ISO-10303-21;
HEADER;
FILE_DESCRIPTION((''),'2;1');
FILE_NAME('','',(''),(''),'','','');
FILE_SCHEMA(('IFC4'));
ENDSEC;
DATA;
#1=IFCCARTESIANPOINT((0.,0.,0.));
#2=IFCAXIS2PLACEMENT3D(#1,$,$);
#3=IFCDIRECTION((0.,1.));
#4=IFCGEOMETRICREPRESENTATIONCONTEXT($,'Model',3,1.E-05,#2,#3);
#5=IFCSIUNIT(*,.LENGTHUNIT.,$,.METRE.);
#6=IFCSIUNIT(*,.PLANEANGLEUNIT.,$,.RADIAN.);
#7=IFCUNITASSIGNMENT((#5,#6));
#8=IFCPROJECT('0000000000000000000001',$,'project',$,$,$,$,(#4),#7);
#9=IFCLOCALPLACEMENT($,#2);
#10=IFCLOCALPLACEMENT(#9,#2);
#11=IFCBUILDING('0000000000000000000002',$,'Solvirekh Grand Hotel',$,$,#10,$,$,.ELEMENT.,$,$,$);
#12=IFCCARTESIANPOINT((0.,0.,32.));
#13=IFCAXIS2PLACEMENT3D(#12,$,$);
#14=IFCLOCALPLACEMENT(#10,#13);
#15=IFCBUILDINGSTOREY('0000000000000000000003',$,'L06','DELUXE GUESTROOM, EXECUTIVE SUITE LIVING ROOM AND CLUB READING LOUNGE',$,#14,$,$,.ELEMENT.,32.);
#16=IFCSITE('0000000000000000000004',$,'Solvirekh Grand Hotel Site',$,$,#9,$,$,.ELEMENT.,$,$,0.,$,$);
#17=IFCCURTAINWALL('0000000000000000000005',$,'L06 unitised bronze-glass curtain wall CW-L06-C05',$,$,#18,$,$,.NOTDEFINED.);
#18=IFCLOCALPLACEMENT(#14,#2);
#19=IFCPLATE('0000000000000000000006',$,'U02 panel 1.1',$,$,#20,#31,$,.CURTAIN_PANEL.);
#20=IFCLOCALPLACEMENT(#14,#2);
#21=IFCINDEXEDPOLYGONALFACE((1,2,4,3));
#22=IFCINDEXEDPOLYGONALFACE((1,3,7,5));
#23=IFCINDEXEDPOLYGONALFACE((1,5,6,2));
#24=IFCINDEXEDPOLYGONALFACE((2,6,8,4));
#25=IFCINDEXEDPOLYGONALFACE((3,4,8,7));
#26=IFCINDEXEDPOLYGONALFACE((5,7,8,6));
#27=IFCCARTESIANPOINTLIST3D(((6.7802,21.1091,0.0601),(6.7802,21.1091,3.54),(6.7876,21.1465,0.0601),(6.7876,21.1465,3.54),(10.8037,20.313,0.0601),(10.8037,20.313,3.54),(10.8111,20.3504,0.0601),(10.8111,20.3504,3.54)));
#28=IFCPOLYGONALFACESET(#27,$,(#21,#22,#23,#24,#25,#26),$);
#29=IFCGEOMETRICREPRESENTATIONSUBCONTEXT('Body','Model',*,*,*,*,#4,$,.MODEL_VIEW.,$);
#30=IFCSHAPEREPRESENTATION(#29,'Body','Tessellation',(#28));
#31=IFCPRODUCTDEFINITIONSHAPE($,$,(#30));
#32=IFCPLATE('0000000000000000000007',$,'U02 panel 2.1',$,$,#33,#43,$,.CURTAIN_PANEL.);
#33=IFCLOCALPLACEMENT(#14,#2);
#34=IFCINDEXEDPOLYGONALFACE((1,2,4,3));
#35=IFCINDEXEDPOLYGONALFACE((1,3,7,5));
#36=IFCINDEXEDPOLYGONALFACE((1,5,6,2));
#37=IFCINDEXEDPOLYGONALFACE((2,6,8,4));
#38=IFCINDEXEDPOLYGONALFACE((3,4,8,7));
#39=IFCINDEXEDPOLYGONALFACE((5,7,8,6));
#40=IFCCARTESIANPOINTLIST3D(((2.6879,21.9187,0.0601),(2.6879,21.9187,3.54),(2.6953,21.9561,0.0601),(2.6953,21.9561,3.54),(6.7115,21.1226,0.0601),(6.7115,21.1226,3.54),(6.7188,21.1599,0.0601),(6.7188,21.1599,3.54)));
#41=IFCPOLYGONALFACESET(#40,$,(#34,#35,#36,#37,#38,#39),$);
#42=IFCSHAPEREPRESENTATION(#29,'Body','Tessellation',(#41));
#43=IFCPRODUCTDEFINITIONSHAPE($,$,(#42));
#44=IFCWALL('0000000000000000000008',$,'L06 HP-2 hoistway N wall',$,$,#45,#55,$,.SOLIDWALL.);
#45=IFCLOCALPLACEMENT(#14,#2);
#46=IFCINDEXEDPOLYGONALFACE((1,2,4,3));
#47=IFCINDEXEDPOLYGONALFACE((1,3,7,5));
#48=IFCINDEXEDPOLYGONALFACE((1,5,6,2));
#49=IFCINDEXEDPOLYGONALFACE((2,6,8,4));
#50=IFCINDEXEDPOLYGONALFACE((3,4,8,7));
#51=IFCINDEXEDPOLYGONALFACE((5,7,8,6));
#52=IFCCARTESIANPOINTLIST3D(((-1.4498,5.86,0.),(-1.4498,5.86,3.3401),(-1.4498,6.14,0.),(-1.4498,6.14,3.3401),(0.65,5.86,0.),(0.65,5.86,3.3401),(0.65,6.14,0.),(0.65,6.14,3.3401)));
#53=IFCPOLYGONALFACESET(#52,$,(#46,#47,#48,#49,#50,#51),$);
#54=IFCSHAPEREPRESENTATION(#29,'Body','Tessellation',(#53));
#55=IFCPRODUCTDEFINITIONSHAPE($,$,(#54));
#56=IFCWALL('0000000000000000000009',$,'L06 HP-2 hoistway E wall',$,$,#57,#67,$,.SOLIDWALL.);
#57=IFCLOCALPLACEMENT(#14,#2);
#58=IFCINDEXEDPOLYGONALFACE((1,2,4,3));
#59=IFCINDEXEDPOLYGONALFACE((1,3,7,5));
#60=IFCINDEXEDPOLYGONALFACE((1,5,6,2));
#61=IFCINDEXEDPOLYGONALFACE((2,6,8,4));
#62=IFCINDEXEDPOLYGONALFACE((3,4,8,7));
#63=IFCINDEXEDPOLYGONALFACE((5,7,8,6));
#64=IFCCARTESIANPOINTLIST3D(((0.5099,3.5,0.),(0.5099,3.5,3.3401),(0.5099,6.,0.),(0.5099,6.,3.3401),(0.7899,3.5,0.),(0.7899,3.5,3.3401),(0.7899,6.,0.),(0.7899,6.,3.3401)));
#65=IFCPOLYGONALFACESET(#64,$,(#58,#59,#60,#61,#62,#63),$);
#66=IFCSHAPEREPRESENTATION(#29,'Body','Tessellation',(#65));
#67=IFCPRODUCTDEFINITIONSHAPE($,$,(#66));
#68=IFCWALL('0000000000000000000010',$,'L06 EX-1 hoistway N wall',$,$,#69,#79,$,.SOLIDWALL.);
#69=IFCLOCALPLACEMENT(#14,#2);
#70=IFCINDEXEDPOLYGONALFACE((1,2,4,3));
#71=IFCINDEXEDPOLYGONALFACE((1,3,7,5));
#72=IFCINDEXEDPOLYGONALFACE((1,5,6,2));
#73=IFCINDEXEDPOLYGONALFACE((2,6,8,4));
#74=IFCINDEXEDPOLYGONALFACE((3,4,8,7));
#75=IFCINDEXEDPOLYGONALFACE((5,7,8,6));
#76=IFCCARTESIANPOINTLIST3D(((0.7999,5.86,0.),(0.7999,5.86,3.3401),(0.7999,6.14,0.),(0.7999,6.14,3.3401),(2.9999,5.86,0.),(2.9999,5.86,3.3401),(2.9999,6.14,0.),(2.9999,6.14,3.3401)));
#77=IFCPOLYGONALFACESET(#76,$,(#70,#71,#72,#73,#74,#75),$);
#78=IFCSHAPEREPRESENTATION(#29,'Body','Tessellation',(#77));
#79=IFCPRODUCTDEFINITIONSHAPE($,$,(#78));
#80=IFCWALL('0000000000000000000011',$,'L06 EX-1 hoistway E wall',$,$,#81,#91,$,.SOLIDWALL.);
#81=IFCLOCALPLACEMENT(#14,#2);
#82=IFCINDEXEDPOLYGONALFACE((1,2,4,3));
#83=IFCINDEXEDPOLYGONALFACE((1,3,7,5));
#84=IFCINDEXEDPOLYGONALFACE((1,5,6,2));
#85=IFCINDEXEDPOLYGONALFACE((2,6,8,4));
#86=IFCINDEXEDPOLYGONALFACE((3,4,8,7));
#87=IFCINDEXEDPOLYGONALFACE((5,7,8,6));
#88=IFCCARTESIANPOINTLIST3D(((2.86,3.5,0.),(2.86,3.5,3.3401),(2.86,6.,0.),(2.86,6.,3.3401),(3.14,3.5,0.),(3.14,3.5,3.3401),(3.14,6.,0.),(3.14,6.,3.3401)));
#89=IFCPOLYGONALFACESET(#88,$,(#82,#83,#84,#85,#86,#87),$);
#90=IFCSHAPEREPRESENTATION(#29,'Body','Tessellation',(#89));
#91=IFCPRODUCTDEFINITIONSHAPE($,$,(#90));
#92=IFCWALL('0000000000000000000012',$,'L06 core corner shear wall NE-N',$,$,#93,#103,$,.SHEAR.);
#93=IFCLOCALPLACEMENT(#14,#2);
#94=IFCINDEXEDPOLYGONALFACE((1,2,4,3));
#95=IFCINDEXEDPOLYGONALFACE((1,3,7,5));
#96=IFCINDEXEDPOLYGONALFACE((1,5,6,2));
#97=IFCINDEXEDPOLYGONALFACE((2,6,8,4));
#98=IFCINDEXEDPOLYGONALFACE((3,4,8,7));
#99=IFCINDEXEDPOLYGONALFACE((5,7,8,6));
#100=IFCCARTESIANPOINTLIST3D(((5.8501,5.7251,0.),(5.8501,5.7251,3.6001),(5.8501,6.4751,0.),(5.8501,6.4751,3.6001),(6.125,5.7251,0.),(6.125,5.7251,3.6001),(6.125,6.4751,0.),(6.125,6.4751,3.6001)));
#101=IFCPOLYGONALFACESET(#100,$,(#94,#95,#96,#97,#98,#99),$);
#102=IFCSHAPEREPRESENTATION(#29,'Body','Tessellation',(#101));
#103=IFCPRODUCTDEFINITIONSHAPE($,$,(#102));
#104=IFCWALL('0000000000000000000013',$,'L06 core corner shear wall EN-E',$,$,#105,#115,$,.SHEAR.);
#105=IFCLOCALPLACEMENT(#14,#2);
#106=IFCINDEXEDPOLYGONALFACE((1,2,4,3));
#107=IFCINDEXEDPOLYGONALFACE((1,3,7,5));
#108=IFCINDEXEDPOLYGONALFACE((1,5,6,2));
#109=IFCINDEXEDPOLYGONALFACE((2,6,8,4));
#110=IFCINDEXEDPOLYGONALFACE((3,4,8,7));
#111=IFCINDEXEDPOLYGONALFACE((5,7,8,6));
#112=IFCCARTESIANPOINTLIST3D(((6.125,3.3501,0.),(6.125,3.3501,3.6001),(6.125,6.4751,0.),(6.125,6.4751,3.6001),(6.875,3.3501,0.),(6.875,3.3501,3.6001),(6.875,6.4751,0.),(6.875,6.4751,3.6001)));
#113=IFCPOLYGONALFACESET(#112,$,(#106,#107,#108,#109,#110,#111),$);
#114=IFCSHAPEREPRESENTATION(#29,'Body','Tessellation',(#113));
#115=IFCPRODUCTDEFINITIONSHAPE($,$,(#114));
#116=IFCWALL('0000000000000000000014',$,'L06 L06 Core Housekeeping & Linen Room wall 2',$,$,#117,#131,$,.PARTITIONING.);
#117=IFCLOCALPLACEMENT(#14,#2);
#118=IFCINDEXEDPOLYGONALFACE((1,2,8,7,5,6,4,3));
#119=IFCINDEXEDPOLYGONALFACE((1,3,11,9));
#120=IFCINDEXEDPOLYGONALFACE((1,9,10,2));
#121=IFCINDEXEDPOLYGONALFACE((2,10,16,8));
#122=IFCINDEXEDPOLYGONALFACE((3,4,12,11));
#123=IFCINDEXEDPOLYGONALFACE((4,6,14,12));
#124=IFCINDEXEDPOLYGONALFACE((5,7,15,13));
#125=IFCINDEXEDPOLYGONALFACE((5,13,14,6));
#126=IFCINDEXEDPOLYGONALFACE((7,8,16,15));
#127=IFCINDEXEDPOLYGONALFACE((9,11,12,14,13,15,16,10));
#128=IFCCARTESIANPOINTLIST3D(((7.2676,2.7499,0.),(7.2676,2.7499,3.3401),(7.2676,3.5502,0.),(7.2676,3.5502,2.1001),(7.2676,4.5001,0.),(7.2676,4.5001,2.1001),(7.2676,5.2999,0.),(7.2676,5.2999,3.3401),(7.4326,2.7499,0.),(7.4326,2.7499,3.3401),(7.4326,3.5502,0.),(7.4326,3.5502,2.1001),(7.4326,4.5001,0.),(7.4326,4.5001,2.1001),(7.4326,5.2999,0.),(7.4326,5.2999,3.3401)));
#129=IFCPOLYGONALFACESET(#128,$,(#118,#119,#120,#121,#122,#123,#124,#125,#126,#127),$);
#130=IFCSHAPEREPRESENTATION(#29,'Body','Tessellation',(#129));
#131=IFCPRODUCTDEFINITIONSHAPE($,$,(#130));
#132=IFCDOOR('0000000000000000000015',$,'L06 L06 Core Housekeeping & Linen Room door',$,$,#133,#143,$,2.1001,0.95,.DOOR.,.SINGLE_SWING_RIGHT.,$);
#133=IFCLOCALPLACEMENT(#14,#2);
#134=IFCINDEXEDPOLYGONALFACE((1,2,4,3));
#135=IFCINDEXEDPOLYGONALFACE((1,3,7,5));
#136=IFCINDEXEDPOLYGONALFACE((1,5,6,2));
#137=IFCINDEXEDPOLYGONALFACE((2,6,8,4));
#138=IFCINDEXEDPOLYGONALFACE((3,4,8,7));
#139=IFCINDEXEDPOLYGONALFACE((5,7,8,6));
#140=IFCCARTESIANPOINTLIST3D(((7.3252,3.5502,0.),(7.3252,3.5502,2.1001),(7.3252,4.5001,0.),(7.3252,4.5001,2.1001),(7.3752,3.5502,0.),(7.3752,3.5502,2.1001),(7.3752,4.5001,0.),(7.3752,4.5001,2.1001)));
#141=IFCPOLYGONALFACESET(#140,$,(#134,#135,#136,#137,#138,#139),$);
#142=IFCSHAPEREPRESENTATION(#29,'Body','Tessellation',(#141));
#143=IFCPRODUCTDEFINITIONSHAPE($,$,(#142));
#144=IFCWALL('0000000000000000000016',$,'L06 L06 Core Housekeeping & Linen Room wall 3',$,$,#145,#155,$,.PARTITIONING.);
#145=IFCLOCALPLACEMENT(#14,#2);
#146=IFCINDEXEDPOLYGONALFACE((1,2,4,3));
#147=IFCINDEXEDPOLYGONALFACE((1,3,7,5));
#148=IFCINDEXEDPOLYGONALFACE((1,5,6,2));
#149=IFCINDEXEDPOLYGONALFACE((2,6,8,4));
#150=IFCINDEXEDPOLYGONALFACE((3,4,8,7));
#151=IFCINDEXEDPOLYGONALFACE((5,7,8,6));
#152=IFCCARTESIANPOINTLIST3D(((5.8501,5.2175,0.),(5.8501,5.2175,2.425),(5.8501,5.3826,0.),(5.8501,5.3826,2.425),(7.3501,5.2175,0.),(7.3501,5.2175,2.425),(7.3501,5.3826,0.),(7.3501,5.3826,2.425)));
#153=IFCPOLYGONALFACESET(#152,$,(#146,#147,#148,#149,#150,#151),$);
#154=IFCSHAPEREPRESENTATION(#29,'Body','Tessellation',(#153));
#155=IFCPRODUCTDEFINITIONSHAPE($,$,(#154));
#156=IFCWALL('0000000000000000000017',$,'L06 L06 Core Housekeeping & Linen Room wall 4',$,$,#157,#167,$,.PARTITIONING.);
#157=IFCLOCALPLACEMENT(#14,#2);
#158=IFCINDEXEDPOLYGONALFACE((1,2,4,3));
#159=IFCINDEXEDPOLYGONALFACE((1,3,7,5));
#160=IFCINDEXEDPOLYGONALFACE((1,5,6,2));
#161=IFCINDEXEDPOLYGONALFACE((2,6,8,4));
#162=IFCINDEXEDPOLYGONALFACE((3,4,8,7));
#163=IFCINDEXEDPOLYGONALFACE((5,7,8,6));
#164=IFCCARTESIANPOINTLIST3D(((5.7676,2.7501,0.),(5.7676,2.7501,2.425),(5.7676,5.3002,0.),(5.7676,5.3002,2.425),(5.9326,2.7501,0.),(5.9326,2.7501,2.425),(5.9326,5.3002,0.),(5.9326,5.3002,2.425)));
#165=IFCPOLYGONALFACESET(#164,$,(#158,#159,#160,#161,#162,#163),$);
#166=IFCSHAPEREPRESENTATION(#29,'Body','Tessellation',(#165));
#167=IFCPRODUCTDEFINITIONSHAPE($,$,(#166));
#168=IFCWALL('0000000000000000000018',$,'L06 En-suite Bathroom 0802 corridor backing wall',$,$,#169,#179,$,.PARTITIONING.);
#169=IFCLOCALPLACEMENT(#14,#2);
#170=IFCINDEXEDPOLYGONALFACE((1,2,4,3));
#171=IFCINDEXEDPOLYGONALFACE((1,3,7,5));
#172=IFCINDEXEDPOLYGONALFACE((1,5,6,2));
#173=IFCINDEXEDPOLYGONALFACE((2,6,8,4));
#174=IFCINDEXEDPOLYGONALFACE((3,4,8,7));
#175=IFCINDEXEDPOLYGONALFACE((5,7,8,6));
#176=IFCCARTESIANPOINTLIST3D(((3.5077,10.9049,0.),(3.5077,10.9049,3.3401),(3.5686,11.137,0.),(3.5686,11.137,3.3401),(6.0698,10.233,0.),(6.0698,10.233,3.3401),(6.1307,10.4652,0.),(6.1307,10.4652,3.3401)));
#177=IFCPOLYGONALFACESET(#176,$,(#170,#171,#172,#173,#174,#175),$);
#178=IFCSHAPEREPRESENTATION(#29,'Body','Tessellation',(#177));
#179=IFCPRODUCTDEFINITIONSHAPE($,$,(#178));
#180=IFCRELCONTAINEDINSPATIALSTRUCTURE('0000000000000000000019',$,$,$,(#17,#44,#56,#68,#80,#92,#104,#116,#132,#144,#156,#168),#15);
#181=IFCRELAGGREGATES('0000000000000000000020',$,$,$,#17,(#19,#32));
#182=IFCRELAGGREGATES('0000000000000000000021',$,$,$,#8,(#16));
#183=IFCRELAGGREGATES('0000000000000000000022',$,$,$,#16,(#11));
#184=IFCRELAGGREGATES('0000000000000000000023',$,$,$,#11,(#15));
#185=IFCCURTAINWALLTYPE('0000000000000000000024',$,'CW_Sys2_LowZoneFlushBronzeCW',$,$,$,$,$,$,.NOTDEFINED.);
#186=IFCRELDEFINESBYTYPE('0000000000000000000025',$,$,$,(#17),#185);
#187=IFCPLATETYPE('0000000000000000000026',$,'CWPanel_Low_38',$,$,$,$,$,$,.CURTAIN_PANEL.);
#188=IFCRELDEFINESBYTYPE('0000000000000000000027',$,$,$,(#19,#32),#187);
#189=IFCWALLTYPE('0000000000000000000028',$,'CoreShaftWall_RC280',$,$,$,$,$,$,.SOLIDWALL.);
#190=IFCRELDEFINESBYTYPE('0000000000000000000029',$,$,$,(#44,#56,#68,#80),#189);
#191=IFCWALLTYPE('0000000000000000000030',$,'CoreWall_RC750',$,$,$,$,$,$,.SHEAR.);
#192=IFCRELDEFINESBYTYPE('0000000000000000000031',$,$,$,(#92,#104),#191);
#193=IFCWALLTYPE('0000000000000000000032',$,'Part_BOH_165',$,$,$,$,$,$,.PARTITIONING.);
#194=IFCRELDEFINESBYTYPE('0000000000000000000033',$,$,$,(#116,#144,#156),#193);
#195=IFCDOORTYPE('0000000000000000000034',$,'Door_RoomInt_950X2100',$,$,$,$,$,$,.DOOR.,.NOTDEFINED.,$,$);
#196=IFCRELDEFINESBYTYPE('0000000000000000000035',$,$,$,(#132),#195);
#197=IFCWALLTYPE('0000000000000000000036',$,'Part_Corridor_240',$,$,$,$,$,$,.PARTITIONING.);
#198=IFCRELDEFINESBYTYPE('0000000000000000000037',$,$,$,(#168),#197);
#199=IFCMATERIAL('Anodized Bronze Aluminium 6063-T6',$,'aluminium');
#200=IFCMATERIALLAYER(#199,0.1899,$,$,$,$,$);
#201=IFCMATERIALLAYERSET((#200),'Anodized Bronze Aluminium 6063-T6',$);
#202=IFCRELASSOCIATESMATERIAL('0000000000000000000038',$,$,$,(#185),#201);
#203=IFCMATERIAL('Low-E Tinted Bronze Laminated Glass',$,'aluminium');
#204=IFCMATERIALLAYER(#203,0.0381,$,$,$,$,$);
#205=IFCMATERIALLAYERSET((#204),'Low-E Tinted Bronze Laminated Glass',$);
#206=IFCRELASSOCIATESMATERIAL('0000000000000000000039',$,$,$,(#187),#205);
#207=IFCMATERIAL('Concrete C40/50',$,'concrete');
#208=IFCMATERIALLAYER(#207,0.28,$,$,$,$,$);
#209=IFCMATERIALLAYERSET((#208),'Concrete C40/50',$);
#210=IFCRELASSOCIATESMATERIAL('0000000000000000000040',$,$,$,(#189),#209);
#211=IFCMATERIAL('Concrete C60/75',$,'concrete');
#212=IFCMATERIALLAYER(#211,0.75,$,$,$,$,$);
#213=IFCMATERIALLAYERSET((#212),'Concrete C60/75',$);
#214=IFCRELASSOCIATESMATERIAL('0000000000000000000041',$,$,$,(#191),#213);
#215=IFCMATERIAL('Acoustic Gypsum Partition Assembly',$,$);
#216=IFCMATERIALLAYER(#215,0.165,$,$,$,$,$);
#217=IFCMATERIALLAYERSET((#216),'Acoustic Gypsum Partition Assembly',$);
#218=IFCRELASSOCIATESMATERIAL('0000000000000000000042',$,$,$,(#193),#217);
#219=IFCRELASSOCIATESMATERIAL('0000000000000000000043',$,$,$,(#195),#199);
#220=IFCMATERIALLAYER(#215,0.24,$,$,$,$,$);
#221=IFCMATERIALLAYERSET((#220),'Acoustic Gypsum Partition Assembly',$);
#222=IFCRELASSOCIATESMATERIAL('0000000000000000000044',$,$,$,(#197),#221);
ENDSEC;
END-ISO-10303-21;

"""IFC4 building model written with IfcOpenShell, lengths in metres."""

from ifc_helpers import new_model, si_unit, direction, frame, frame_2d, origin, origin_2d, place, context, subcontext, project, spatial, rectangle, extrude, source, transform, mapped, material, layer, layer_set, type_object, element, fill, aggregate, save


model = new_model("IFC4")

# Units and contexts
model_context = context("Model", 3, precision=1e-05, world=origin(), true_north=direction((0.0, 1.0)))
body_context = subcontext(model_context, "Body", "Model", "MODEL_VIEW")
ifc_project = project(units=[si_unit("LENGTHUNIT", "METRE"), si_unit("PLANEANGLEUNIT", "RADIAN")], contexts=[model_context])

# Site, building, storey
site_placement = place(None, origin())
site = spatial("IfcSite", under=ifc_project, at=site_placement, Name="Solvirekh Grand Hotel Site", CompositionType="ELEMENT", RefElevation=0.0)
building_placement = place(site_placement, origin())
building = spatial("IfcBuilding", under=site, at=building_placement, Name="Solvirekh Grand Hotel", CompositionType="ELEMENT")
storey_placement = place(building_placement, frame((0.0, 0.0, 32.0)))
storey = spatial("IfcBuildingStorey", under=building, at=storey_placement, Name="L06", Description="DELUXE GUESTROOM, EXECUTIVE SUITE LIVING ROOM AND CLUB READING LOUNGE", CompositionType="ELEMENT", Elevation=32.0)

# Shared definitions
ifc_material_1 = material(Name="Concrete C60/75", Category="concrete")

# Curtain wall, plates
ifc_material_2 = material(Name="Anodized Bronze Aluminium 6063-T6", Category="aluminium")
ifc_layer_1 = layer(ifc_material_2, 0.1899)
ifc_layer_set_1 = layer_set([ifc_layer_1], Name="Anodized Bronze Aluminium 6063-T6")
curtain_wall_type = type_object("IfcCurtainWallType", Name="CW_Sys2_LowZoneFlushBronzeCW", PredefinedType="NOTDEFINED", material=ifc_layer_set_1)
curtain_wall_placement = place(storey_placement, origin())
curtain_wall = element("IfcCurtainWall", 1, at=curtain_wall_placement, inside=storey, type_object=curtain_wall_type, Name="L06 unitised bronze-glass curtain wall CW-L06-C05", PredefinedType="NOTDEFINED")
ifc_material_3 = material(Name="Low-E Tinted Bronze Laminated Glass", Category="aluminium")
ifc_layer_2 = layer(ifc_material_3, 0.0381)
ifc_layer_set_2 = layer_set([ifc_layer_2], Name="Low-E Tinted Bronze Laminated Glass")
plate_type = type_object("IfcPlateType", Name="CWPanel_Low_38", PredefinedType="CURTAIN_PANEL", material=ifc_layer_set_2)
shared_shape_1 = source(origin(), body_context, "Body", "SweptSolid", [
    extrude(rectangle(XDim=4.1016, YDim=0.0381, at=origin_2d()), origin(), (0.0, 0.0, 1.0), 3.48),
])
plate_1_placement = place(storey_placement, frame((8.7957, 20.7297, 0.0601), z_axis=(0.0, 0.0, 1.0), x_axis=(-0.980981, 0.194104, 0.0)))
plate_1 = element("IfcPlate", 2, at=plate_1_placement, type_object=plate_type, Name="U02 panel 1.1", PredefinedType="CURTAIN_PANEL", context=body_context, shape_type="MappedRepresentation", body=[
    mapped(shared_shape_1, transform((0.0, 0.0, 0.0), x_axis=(1.0, 0.0, 0.0), y_axis=(0.0, 1.0, 0.0), z_axis=(0.0, 0.0, 1.0), scale=1.0)),
])
plate_2_placement = place(storey_placement, frame((4.7034, 21.5393, 0.0601), z_axis=(0.0, 0.0, 1.0), x_axis=(-0.980981, 0.194104, 0.0)))
plate_2 = element("IfcPlate", 3, at=plate_2_placement, type_object=plate_type, Name="U02 panel 2.1", PredefinedType="CURTAIN_PANEL", context=body_context, shape_type="MappedRepresentation", body=[
    mapped(shared_shape_1, transform((0.0, 0.0, 0.0), x_axis=(1.0, 0.0, 0.0), y_axis=(0.0, 1.0, 0.0), z_axis=(0.0, 0.0, 1.0), scale=1.0)),
])
aggregate(curtain_wall, [plate_1, plate_2])

# Walls
ifc_material_4 = material(Name="Concrete C40/50", Category="concrete")
ifc_layer_3 = layer(ifc_material_4, 0.28)
ifc_layer_set_3 = layer_set([ifc_layer_3], Name="Concrete C40/50")
wall_type_1 = type_object("IfcWallType", Name="CoreShaftWall_RC280", PredefinedType="SOLIDWALL", material=ifc_layer_set_3)
wall_1_placement = place(storey_placement, frame((0.6499, 6.0, 0.0), z_axis=(0.0, 0.0, 1.0), x_axis=(-1.0, 0.0, 0.0)))
element("IfcWall", 4, at=wall_1_placement, inside=storey, type_object=wall_type_1, Name="L06 HP-2 hoistway N wall", PredefinedType="SOLIDWALL", context=body_context, shape_type="SweptSolid", body=[
    extrude(rectangle(XDim=2.0999, YDim=0.28, at=frame_2d((1.0498, 0.0))), origin(), (0.0, 0.0, 1.0), 3.3401),
])
wall_2_placement = place(storey_placement, frame((0.6499, 3.5, 0.0), z_axis=(0.0, 0.0, 1.0), x_axis=(0.0, 1.0, 0.0)))
element("IfcWall", 5, at=wall_2_placement, inside=storey, type_object=wall_type_1, Name="L06 HP-2 hoistway E wall", PredefinedType="SOLIDWALL", context=body_context, shape_type="SweptSolid", body=[
    extrude(rectangle(XDim=2.5, YDim=0.28, at=frame_2d((1.25, 0.0))), origin(), (0.0, 0.0, 1.0), 3.3401),
])
wall_3_placement = place(storey_placement, frame((3.0, 6.0, 0.0), z_axis=(0.0, 0.0, 1.0), x_axis=(-1.0, 0.0, 0.0)))
element("IfcWall", 6, at=wall_3_placement, inside=storey, type_object=wall_type_1, Name="L06 EX-1 hoistway N wall", PredefinedType="SOLIDWALL", context=body_context, shape_type="SweptSolid", body=[
    extrude(rectangle(XDim=2.2, YDim=0.28, at=frame_2d((1.1001, 0.0))), origin(), (0.0, 0.0, 1.0), 3.3401),
])
wall_4_placement = place(storey_placement, frame((3.0, 3.5, 0.0), z_axis=(0.0, 0.0, 1.0), x_axis=(0.0, 1.0, 0.0)))
element("IfcWall", 7, at=wall_4_placement, inside=storey, type_object=wall_type_1, Name="L06 EX-1 hoistway E wall", PredefinedType="SOLIDWALL", context=body_context, shape_type="SweptSolid", body=[
    extrude(rectangle(XDim=2.5, YDim=0.28, at=frame_2d((1.25, 0.0))), origin(), (0.0, 0.0, 1.0), 3.3401),
])
ifc_layer_4 = layer(ifc_material_1, 0.75)
ifc_layer_set_4 = layer_set([ifc_layer_4], Name="Concrete C60/75")
wall_type_2 = type_object("IfcWallType", Name="CoreWall_RC750", PredefinedType="SHEAR", material=ifc_layer_set_4)
wall_5_placement = place(storey_placement, frame((5.8501, 6.1001, 0.0), z_axis=(0.0, 0.0, 1.0), x_axis=(1.0, 0.0, 0.0)))
element("IfcWall", 8, at=wall_5_placement, inside=storey, type_object=wall_type_2, Name="L06 core corner shear wall NE-N", PredefinedType="SHEAR", context=body_context, shape_type="SweptSolid", body=[
    extrude(rectangle(XDim=0.2749, YDim=0.75, at=frame_2d((0.1375, 0.0))), origin(), (0.0, 0.0, 1.0), 3.6001),
])
wall_6_placement = place(storey_placement, frame((6.5, 3.3501, 0.0), z_axis=(0.0, 0.0, 1.0), x_axis=(0.0, 1.0, 0.0)))
element("IfcWall", 9, at=wall_6_placement, inside=storey, type_object=wall_type_2, Name="L06 core corner shear wall EN-E", PredefinedType="SHEAR", context=body_context, shape_type="SweptSolid", body=[
    extrude(rectangle(XDim=3.125, YDim=0.75, at=frame_2d((1.5625, 0.0))), origin(), (0.0, 0.0, 1.0), 3.6001),
])

# Wall, opening, door
ifc_material_5 = material(Name="Acoustic Gypsum Partition Assembly")
ifc_layer_5 = layer(ifc_material_5, 0.165)
ifc_layer_set_5 = layer_set([ifc_layer_5], Name="Acoustic Gypsum Partition Assembly")
wall_type_3 = type_object("IfcWallType", Name="Part_BOH_165", PredefinedType="PARTITIONING", material=ifc_layer_set_5)
wall_7_placement = place(storey_placement, frame((7.3501, 2.75, 0.0), z_axis=(0.0, 0.0, 1.0), x_axis=(0.0, 1.0, 0.0)))
wall_7 = element("IfcWall", 10, at=wall_7_placement, inside=storey, type_object=wall_type_3, Name="L06 L06 Core Housekeeping & Linen Room wall 2", PredefinedType="PARTITIONING", context=body_context, shape_type="SweptSolid", body=[
    extrude(rectangle(XDim=2.55, YDim=0.165, at=frame_2d((1.2749, 0.0))), origin(), (0.0, 0.0, 1.0), 3.3401),
])
opening_1_placement = place(wall_7_placement, frame((0.8, 0.0, 0.0)))
opening_1 = element("IfcOpeningElement", 11, at=opening_1_placement, cuts=wall_7, PredefinedType="OPENING", context=body_context, shape_type="SweptSolid", body=[
    extrude(rectangle(XDim=0.95, YDim=2.1001, at=frame_2d((0.4751, 1.05))), frame((0.0, 0.0925, 0.0), z_axis=(0.0, -1.0, 0.0), x_axis=(1.0, 0.0, 0.0)), (0.0, 0.0, 1.0), 0.1851),
])
door_type_1 = type_object("IfcDoorType", Name="Door_RoomInt_950X2100", OperationType="NOTDEFINED", PredefinedType="DOOR", material=ifc_material_2)
door_1_placement = place(opening_1_placement, origin())
door_1 = element("IfcDoor", 12, at=door_1_placement, inside=storey, type_object=door_type_1, Name="L06 L06 Core Housekeeping & Linen Room door", OperationType="SINGLE_SWING_RIGHT", OverallHeight=2.1001, OverallWidth=0.95, PredefinedType="DOOR", context=body_context, shape_type="SweptSolid", body=[
    extrude(rectangle(XDim=0.95, YDim=2.1001, at=frame_2d((0.4751, 1.05))), frame((0.0, 0.0249, 0.0), z_axis=(0.0, -1.0, 0.0), x_axis=(1.0, 0.0, 0.0)), (0.0, 0.0, 1.0), 0.05),
])
fill(opening_1, door_1)

# Walls
wall_8_placement = place(storey_placement, frame((7.3501, 5.3, 0.0), z_axis=(0.0, 0.0, 1.0), x_axis=(-1.0, 0.0, 0.0)))
element("IfcWall", 13, at=wall_8_placement, inside=storey, type_object=wall_type_3, Name="L06 L06 Core Housekeeping & Linen Room wall 3", PredefinedType="PARTITIONING", context=body_context, shape_type="SweptSolid", body=[
    extrude(rectangle(XDim=1.5, YDim=0.165, at=frame_2d((0.75, 0.0))), origin(), (0.0, 0.0, 1.0), 2.425),
])
wall_9_placement = place(storey_placement, frame((5.8501, 5.3, 0.0), z_axis=(0.0, 0.0, 1.0), x_axis=(0.0, -1.0, 0.0)))
element("IfcWall", 14, at=wall_9_placement, inside=storey, type_object=wall_type_3, Name="L06 L06 Core Housekeeping & Linen Room wall 4", PredefinedType="PARTITIONING", context=body_context, shape_type="SweptSolid", body=[
    extrude(rectangle(XDim=2.55, YDim=0.165, at=frame_2d((1.2749, 0.0))), origin(), (0.0, 0.0, 1.0), 2.425),
])
ifc_layer_6 = layer(ifc_material_5, 0.24)
ifc_layer_set_6 = layer_set([ifc_layer_6], Name="Acoustic Gypsum Partition Assembly")
wall_type_4 = type_object("IfcWallType", Name="Part_Corridor_240", PredefinedType="PARTITIONING", material=ifc_layer_set_6)
wall_10_placement = place(storey_placement, frame((6.1001, 10.3491, 0.0), z_axis=(0.0, 0.0, 1.0), x_axis=(-0.967291, 0.253667, 0.0)))
element("IfcWall", 15, at=wall_10_placement, inside=storey, type_object=wall_type_4, Name="L06 En-suite Bathroom 0802 corridor backing wall", PredefinedType="PARTITIONING", context=body_context, shape_type="SweptSolid", body=[
    extrude(rectangle(XDim=2.6487, YDim=0.24, at=frame_2d((1.3242, 0.0))), origin(), (0.0, 0.0, 1.0), 3.3401),
])

save(model, "model.ifc")
